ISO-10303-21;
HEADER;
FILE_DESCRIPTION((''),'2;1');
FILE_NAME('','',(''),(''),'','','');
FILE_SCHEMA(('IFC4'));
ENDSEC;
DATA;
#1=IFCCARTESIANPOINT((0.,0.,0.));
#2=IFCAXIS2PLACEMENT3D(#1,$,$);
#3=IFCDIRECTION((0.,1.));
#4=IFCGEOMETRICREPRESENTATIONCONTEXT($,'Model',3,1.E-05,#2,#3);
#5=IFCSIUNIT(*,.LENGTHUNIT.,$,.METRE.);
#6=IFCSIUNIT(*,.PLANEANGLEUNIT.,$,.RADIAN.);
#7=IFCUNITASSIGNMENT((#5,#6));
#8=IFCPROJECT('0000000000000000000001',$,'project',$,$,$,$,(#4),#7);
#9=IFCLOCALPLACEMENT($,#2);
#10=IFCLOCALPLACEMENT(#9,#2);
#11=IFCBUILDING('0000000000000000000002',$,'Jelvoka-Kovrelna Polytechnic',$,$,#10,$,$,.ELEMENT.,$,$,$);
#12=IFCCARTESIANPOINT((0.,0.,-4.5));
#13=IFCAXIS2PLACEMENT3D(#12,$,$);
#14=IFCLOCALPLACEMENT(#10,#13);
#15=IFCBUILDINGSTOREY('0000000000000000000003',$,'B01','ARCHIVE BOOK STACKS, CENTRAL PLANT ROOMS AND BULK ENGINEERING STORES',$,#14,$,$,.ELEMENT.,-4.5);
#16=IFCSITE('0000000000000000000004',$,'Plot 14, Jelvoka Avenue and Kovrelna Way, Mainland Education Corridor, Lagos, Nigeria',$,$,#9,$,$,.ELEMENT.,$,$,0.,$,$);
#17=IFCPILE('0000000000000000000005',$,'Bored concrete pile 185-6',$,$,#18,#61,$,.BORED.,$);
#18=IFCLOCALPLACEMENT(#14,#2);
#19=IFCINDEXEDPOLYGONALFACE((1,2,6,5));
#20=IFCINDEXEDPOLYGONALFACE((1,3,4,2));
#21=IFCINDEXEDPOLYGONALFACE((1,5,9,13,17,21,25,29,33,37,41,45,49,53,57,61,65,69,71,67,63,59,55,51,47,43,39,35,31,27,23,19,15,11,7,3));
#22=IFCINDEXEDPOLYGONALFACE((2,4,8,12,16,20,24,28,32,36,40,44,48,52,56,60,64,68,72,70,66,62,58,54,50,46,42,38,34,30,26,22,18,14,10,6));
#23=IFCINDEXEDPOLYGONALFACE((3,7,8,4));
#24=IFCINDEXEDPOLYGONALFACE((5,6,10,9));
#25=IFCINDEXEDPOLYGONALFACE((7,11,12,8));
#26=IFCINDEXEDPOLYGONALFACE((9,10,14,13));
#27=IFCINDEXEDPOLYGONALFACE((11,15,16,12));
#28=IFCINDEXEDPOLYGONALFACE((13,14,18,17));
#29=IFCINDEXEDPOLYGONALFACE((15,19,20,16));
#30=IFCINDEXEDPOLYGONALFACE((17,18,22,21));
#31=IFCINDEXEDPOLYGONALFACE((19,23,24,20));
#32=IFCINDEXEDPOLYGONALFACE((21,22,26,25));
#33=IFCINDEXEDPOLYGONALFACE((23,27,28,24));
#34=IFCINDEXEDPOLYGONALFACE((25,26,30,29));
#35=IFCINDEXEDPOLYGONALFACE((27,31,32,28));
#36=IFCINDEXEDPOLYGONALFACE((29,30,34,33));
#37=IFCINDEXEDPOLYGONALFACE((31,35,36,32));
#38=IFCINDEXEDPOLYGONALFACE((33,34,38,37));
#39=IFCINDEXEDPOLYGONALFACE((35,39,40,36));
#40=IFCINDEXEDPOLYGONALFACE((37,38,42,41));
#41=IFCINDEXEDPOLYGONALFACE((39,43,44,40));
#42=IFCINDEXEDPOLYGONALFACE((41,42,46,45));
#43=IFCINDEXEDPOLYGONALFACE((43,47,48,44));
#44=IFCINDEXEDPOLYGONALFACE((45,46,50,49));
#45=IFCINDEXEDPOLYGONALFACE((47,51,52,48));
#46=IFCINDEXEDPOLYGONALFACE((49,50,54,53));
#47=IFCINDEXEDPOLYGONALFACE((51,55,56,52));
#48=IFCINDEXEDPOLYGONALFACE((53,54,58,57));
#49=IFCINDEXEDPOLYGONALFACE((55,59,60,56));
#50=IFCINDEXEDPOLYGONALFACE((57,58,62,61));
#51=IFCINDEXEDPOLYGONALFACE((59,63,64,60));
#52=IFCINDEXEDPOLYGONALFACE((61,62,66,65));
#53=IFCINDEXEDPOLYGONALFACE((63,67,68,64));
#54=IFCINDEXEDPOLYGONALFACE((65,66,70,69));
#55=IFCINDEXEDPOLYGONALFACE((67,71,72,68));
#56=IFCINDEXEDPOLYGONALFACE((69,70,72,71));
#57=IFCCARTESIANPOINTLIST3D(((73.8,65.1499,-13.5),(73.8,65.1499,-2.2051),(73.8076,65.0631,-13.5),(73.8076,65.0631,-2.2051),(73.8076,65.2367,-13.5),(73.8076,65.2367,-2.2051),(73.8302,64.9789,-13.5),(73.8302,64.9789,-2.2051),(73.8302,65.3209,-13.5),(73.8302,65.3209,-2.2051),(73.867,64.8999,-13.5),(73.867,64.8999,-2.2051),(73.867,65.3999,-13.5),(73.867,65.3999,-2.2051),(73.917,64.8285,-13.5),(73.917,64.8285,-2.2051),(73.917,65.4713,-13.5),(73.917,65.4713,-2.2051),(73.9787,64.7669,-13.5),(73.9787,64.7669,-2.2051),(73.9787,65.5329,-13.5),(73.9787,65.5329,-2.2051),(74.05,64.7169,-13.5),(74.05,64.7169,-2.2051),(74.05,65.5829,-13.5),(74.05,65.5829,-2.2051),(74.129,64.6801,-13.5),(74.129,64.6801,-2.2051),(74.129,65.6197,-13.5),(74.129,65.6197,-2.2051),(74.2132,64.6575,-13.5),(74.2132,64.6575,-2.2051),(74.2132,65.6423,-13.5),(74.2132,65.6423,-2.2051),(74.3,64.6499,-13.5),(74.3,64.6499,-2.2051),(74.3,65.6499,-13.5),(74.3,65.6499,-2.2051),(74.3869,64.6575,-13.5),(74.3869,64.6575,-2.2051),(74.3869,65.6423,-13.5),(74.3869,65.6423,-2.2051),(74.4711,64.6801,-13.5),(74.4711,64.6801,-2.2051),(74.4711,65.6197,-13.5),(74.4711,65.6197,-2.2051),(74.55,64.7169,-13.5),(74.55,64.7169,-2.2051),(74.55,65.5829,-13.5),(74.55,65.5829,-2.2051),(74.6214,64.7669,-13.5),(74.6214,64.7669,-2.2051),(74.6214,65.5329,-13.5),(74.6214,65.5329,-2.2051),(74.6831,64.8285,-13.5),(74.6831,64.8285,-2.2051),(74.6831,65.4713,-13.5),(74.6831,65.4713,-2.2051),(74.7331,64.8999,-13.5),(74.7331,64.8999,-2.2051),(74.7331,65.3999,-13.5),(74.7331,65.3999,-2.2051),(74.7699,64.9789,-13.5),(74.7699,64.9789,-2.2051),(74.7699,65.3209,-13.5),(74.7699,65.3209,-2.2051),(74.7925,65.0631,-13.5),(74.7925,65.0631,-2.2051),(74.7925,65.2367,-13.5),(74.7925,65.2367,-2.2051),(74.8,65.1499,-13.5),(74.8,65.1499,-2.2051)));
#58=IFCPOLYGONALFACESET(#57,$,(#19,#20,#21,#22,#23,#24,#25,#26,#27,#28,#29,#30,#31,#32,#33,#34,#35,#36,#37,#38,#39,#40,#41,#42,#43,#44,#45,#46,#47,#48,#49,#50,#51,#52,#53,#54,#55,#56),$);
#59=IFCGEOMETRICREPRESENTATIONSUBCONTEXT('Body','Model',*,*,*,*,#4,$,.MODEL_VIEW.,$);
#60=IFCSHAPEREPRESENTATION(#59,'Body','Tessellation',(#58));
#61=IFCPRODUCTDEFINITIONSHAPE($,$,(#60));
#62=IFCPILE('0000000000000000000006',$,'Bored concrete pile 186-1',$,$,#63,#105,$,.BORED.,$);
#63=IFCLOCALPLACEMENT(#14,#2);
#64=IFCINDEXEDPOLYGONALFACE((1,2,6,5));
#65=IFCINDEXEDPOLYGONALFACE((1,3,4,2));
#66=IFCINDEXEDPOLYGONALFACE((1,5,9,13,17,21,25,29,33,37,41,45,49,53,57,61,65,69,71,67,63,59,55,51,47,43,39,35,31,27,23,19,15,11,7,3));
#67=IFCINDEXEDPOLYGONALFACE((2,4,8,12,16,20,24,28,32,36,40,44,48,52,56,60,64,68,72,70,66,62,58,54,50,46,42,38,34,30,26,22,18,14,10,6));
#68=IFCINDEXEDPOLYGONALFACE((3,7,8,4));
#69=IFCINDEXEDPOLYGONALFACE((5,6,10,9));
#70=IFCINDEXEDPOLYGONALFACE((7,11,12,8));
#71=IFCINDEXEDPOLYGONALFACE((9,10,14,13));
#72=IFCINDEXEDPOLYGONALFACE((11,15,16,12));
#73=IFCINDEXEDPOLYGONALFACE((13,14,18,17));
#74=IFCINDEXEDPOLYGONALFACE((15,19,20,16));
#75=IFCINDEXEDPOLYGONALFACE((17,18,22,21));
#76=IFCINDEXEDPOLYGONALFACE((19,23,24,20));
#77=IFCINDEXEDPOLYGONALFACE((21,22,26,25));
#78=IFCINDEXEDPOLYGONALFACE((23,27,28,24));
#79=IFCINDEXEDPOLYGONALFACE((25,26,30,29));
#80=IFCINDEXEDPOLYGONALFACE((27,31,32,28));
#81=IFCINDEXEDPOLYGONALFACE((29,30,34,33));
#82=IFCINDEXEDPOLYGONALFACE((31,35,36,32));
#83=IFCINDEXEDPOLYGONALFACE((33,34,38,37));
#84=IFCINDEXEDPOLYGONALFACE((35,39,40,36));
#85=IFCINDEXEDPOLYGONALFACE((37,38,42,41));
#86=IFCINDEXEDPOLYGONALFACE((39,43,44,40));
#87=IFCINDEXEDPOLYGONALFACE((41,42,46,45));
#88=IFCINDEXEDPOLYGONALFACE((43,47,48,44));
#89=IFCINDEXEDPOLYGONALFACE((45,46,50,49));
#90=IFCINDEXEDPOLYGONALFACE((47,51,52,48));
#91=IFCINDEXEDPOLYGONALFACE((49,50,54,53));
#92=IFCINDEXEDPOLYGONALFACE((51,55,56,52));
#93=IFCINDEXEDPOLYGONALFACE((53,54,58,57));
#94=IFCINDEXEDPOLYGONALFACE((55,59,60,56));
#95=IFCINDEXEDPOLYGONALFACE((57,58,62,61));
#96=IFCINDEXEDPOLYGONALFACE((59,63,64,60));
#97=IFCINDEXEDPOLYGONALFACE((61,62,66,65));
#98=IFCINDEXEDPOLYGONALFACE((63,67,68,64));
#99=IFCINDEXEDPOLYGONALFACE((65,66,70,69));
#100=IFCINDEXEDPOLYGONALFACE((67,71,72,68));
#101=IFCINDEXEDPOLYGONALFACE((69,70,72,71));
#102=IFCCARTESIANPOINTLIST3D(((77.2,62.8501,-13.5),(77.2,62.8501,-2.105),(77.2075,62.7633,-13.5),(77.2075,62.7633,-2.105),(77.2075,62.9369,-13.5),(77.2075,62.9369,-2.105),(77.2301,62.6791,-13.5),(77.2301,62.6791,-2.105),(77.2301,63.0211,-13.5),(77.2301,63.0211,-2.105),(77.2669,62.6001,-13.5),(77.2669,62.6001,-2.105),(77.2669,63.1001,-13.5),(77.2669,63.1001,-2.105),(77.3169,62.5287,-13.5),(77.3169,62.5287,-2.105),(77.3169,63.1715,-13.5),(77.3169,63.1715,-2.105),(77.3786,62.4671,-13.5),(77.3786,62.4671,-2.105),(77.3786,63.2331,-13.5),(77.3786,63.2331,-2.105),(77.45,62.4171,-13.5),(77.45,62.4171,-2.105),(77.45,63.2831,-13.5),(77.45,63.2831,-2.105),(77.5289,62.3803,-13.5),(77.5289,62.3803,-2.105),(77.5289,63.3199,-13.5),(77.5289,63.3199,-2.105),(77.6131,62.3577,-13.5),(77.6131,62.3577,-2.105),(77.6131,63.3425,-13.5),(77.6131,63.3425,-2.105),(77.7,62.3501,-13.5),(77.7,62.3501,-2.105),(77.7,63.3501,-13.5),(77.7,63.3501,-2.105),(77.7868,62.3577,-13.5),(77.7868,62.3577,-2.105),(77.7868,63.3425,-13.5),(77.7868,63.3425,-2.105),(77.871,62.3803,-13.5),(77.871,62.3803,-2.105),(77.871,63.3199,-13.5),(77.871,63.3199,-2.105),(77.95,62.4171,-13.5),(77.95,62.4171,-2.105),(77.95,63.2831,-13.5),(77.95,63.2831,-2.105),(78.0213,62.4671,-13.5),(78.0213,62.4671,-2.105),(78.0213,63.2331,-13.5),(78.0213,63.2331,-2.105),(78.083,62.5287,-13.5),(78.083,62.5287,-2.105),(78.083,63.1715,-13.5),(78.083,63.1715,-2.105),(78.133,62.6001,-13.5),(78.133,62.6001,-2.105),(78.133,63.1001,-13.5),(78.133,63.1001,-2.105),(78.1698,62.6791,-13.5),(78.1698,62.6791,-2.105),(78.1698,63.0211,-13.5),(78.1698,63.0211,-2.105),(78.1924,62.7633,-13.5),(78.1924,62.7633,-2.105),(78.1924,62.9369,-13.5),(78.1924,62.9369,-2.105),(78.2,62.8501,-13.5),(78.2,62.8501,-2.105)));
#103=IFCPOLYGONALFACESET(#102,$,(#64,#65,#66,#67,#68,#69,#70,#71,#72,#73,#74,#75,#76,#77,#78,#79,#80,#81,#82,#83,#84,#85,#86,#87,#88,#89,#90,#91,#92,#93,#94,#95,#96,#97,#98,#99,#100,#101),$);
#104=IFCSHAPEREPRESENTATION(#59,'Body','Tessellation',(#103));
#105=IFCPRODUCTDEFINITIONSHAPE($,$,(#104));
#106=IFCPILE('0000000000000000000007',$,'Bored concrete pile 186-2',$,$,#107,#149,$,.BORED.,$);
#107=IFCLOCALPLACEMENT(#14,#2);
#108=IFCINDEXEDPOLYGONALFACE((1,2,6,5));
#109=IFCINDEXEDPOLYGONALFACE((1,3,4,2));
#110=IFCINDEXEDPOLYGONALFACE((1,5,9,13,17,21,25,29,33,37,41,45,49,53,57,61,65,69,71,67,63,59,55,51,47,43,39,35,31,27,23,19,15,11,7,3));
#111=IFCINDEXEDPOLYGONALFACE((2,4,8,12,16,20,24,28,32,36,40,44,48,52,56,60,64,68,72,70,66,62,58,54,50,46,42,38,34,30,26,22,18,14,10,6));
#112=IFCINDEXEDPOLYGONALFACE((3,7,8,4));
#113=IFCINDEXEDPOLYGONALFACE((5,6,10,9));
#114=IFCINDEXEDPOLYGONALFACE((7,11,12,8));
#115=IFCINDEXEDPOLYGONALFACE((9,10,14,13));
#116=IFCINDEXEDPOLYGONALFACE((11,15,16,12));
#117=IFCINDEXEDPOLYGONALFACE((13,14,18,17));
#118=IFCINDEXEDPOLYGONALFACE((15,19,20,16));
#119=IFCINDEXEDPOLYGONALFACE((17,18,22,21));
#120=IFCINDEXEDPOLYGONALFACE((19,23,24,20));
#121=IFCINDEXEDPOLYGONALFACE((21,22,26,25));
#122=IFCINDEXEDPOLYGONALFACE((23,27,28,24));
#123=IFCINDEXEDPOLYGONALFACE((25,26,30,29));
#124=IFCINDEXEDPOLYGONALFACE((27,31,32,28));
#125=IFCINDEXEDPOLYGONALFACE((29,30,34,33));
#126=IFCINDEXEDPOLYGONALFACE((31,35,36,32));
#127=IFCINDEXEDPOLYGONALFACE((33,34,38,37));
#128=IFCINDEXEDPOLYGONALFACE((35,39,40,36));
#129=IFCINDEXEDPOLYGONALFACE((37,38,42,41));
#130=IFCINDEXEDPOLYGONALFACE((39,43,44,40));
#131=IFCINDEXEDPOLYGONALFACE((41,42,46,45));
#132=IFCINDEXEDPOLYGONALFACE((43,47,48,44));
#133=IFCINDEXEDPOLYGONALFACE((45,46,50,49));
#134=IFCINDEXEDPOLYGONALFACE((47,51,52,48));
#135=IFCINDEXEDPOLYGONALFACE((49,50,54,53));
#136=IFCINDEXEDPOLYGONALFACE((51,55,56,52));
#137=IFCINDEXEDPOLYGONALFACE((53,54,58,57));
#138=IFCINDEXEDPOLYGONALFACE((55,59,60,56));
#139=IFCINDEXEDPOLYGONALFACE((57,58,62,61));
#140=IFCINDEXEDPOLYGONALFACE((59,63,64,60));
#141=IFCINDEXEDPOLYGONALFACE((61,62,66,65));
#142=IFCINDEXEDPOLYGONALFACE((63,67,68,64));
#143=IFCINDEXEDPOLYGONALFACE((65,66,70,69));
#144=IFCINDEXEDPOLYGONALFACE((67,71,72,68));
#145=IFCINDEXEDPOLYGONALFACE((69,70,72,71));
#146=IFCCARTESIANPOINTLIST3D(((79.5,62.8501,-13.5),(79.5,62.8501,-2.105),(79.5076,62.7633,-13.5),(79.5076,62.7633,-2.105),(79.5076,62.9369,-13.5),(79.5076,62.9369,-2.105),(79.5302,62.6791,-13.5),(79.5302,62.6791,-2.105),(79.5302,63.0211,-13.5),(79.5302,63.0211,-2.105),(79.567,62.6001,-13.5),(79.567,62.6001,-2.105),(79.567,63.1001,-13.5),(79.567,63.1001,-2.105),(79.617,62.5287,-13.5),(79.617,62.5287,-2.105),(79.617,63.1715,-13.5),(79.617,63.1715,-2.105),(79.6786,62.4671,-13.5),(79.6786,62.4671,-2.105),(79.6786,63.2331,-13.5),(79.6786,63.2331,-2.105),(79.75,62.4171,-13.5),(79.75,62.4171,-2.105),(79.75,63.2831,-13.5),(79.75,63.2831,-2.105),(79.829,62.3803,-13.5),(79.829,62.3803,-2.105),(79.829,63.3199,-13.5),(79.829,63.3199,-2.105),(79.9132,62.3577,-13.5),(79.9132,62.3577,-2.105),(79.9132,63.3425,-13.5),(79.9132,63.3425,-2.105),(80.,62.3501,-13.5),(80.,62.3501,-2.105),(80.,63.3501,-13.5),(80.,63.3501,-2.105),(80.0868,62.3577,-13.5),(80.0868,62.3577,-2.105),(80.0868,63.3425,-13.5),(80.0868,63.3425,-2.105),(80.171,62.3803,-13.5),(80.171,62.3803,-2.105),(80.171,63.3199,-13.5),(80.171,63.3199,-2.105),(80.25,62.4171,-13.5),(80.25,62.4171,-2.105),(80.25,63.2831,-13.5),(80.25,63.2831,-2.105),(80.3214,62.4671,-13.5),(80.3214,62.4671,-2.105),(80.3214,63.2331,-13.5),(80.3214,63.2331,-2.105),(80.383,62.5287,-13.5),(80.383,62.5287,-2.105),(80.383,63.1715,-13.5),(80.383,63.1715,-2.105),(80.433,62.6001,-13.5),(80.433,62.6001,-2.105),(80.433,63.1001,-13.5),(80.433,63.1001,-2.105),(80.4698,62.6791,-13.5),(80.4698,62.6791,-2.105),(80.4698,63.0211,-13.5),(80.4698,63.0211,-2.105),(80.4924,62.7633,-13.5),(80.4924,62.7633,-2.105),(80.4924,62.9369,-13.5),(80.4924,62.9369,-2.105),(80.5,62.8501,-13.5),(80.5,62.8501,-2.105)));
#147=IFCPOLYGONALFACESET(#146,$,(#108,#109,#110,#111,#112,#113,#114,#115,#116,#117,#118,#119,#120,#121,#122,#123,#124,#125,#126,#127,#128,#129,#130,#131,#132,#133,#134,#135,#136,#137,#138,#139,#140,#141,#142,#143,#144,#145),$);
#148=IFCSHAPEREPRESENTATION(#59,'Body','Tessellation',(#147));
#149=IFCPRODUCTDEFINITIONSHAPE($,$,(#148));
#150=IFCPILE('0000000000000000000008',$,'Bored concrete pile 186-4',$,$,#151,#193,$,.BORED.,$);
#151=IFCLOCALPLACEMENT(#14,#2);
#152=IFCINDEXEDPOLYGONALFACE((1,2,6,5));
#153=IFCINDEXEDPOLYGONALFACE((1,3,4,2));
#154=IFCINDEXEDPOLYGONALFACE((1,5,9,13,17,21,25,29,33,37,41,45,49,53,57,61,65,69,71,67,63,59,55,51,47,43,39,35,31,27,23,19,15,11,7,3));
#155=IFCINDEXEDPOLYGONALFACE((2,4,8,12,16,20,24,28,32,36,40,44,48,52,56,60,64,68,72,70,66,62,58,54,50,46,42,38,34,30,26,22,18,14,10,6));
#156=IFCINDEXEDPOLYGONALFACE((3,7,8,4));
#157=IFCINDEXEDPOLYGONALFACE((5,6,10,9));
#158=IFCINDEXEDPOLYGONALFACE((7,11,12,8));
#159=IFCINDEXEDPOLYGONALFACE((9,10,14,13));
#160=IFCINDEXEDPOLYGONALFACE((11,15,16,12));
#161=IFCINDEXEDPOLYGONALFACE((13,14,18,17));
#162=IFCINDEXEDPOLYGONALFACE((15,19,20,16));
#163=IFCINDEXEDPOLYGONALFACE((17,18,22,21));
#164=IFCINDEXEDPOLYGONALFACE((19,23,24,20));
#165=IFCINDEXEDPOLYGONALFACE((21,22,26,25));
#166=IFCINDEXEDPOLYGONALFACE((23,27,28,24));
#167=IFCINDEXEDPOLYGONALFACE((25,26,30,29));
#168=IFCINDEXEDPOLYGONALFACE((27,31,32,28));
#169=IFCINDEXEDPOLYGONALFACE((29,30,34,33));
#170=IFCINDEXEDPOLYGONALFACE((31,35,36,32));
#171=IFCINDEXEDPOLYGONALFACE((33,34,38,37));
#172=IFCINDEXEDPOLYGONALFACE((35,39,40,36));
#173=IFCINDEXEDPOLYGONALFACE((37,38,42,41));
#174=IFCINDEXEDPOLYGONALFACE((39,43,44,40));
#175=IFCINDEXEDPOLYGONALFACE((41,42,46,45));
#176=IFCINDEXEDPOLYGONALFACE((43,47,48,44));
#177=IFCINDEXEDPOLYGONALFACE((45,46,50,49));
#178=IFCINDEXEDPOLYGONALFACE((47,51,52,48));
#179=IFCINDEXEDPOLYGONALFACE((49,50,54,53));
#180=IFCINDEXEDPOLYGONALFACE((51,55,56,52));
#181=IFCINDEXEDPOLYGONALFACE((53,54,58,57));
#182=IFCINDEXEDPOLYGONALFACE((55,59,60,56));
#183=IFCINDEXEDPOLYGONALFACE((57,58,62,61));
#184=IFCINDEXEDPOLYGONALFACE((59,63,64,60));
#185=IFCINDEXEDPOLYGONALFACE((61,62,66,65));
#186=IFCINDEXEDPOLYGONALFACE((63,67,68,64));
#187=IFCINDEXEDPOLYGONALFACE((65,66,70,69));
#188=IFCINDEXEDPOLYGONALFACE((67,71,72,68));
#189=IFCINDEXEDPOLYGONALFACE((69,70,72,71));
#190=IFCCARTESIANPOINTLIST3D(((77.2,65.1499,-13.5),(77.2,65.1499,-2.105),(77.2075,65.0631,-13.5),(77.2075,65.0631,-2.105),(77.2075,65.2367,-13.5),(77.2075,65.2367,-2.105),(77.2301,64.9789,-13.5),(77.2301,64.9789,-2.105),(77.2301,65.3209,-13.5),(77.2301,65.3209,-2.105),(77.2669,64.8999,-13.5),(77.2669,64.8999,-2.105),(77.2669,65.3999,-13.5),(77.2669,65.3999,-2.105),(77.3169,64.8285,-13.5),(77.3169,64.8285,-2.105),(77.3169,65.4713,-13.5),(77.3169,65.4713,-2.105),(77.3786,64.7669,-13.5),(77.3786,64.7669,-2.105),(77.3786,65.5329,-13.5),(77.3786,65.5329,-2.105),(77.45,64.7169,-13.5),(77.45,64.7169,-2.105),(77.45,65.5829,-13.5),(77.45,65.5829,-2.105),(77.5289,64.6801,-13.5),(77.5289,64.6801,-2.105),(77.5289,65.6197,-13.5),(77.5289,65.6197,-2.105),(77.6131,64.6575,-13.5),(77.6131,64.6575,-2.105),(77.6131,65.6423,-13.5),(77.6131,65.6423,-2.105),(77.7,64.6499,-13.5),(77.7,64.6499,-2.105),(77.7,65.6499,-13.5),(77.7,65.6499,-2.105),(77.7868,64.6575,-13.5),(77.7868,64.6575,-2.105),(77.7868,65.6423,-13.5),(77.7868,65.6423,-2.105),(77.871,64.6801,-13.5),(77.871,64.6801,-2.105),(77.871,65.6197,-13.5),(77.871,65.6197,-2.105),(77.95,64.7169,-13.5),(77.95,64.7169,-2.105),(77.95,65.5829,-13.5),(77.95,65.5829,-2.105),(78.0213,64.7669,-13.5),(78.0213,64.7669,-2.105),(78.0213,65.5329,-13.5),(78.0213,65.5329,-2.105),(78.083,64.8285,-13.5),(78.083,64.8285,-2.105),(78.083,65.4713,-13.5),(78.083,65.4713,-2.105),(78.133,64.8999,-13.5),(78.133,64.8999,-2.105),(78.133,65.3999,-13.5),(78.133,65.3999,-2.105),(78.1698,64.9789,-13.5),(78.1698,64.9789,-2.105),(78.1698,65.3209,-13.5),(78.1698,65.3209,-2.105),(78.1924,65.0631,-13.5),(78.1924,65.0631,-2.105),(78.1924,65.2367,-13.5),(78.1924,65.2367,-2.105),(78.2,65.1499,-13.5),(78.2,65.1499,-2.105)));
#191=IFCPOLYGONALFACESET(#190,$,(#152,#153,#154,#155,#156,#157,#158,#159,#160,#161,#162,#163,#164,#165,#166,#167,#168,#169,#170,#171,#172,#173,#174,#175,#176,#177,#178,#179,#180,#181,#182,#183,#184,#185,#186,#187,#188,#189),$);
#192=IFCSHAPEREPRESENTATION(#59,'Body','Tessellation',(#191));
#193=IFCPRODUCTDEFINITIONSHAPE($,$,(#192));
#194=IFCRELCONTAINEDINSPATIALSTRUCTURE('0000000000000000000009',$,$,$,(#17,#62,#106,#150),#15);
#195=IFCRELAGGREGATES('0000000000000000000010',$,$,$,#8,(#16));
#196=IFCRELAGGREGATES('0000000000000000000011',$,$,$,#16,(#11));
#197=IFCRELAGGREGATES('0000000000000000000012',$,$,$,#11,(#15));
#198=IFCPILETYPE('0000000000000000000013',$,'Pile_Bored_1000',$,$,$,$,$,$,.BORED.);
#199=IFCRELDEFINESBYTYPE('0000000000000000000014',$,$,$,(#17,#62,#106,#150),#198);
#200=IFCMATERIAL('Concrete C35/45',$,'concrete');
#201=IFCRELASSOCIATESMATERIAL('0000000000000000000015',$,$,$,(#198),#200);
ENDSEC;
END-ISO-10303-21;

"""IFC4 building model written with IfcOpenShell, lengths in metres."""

from ifc_helpers import new_model, si_unit, direction, frame, origin, origin_2d, place, context, subcontext, project, spatial, circle, extrude, material, material_profile, profile_set, type_object, element, save


model = new_model("IFC4")

# Units and contexts
model_context = context("Model", 3, precision=1e-05, world=origin(), true_north=direction((0.0, 1.0)))
body_context = subcontext(model_context, "Body", "Model", "MODEL_VIEW")
ifc_project = project(units=[si_unit("LENGTHUNIT", "METRE"), si_unit("PLANEANGLEUNIT", "RADIAN")], contexts=[model_context])

# Site, building, storey
site_placement = place(None, origin())
site = spatial("IfcSite", under=ifc_project, at=site_placement, Name="Plot 14, Jelvoka Avenue and Kovrelna Way, Mainland Education Corridor, Lagos, Nigeria", CompositionType="ELEMENT", RefElevation=0.0)
building_placement = place(site_placement, origin())
building = spatial("IfcBuilding", under=site, at=building_placement, Name="Jelvoka-Kovrelna Polytechnic", CompositionType="ELEMENT")
storey_placement = place(building_placement, frame((0.0, 0.0, -4.5)))
storey = spatial("IfcBuildingStorey", under=building, at=storey_placement, Name="B01", Description="ARCHIVE BOOK STACKS, CENTRAL PLANT ROOMS AND BULK ENGINEERING STORES", CompositionType="ELEMENT", Elevation=-4.5)

# Piles
ifc_material_1 = material(Name="Concrete C35/45", Category="concrete")
ifc_material_profile_1 = material_profile(ifc_material_1, circle(Radius=0.5, at=origin_2d()), Name="PILE D1000")
ifc_profile_set_1 = profile_set([ifc_material_profile_1], Name="Concrete C35/45")
pile_type = type_object("IfcPileType", Name="Pile_Bored_1000", PredefinedType="BORED", material=ifc_profile_set_1)
for number, where, z_axis, x_axis, name in (
    (1, (74.3, 65.1499, -2.2051), (0.0, 0.0, -1.0), (1.0, 0.0, 0.0), "Bored concrete pile 185-6"),
):
    element("IfcPile", number, at=place(storey_placement, frame(where, z_axis=z_axis, x_axis=x_axis)), inside=storey, type_object=pile_type, Name=name, PredefinedType="BORED", context=body_context, shape_type="SweptSolid", body=[
        extrude(circle(Radius=0.5, at=origin_2d()), origin(), (0.0, 0.0, 1.0), 11.2949),
    ])
for number, where, z_axis, x_axis, name in (
    (2, (77.7, 62.8501, -2.105), (0.0, 0.0, -1.0), (1.0, 0.0, 0.0), "Bored concrete pile 186-1"),
    (3, (80.0, 62.8501, -2.105), (0.0, 0.0, -1.0), (1.0, 0.0, 0.0), "Bored concrete pile 186-2"),
    (4, (77.7, 65.1499, -2.105), (0.0, 0.0, -1.0), (1.0, 0.0, 0.0), "Bored concrete pile 186-4"),
):
    element("IfcPile", number, at=place(storey_placement, frame(where, z_axis=z_axis, x_axis=x_axis)), inside=storey, type_object=pile_type, Name=name, PredefinedType="BORED", context=body_context, shape_type="SweptSolid", body=[
        extrude(circle(Radius=0.5, at=origin_2d()), origin(), (0.0, 0.0, 1.0), 11.395),
    ])

save(model, "model.ifc")
